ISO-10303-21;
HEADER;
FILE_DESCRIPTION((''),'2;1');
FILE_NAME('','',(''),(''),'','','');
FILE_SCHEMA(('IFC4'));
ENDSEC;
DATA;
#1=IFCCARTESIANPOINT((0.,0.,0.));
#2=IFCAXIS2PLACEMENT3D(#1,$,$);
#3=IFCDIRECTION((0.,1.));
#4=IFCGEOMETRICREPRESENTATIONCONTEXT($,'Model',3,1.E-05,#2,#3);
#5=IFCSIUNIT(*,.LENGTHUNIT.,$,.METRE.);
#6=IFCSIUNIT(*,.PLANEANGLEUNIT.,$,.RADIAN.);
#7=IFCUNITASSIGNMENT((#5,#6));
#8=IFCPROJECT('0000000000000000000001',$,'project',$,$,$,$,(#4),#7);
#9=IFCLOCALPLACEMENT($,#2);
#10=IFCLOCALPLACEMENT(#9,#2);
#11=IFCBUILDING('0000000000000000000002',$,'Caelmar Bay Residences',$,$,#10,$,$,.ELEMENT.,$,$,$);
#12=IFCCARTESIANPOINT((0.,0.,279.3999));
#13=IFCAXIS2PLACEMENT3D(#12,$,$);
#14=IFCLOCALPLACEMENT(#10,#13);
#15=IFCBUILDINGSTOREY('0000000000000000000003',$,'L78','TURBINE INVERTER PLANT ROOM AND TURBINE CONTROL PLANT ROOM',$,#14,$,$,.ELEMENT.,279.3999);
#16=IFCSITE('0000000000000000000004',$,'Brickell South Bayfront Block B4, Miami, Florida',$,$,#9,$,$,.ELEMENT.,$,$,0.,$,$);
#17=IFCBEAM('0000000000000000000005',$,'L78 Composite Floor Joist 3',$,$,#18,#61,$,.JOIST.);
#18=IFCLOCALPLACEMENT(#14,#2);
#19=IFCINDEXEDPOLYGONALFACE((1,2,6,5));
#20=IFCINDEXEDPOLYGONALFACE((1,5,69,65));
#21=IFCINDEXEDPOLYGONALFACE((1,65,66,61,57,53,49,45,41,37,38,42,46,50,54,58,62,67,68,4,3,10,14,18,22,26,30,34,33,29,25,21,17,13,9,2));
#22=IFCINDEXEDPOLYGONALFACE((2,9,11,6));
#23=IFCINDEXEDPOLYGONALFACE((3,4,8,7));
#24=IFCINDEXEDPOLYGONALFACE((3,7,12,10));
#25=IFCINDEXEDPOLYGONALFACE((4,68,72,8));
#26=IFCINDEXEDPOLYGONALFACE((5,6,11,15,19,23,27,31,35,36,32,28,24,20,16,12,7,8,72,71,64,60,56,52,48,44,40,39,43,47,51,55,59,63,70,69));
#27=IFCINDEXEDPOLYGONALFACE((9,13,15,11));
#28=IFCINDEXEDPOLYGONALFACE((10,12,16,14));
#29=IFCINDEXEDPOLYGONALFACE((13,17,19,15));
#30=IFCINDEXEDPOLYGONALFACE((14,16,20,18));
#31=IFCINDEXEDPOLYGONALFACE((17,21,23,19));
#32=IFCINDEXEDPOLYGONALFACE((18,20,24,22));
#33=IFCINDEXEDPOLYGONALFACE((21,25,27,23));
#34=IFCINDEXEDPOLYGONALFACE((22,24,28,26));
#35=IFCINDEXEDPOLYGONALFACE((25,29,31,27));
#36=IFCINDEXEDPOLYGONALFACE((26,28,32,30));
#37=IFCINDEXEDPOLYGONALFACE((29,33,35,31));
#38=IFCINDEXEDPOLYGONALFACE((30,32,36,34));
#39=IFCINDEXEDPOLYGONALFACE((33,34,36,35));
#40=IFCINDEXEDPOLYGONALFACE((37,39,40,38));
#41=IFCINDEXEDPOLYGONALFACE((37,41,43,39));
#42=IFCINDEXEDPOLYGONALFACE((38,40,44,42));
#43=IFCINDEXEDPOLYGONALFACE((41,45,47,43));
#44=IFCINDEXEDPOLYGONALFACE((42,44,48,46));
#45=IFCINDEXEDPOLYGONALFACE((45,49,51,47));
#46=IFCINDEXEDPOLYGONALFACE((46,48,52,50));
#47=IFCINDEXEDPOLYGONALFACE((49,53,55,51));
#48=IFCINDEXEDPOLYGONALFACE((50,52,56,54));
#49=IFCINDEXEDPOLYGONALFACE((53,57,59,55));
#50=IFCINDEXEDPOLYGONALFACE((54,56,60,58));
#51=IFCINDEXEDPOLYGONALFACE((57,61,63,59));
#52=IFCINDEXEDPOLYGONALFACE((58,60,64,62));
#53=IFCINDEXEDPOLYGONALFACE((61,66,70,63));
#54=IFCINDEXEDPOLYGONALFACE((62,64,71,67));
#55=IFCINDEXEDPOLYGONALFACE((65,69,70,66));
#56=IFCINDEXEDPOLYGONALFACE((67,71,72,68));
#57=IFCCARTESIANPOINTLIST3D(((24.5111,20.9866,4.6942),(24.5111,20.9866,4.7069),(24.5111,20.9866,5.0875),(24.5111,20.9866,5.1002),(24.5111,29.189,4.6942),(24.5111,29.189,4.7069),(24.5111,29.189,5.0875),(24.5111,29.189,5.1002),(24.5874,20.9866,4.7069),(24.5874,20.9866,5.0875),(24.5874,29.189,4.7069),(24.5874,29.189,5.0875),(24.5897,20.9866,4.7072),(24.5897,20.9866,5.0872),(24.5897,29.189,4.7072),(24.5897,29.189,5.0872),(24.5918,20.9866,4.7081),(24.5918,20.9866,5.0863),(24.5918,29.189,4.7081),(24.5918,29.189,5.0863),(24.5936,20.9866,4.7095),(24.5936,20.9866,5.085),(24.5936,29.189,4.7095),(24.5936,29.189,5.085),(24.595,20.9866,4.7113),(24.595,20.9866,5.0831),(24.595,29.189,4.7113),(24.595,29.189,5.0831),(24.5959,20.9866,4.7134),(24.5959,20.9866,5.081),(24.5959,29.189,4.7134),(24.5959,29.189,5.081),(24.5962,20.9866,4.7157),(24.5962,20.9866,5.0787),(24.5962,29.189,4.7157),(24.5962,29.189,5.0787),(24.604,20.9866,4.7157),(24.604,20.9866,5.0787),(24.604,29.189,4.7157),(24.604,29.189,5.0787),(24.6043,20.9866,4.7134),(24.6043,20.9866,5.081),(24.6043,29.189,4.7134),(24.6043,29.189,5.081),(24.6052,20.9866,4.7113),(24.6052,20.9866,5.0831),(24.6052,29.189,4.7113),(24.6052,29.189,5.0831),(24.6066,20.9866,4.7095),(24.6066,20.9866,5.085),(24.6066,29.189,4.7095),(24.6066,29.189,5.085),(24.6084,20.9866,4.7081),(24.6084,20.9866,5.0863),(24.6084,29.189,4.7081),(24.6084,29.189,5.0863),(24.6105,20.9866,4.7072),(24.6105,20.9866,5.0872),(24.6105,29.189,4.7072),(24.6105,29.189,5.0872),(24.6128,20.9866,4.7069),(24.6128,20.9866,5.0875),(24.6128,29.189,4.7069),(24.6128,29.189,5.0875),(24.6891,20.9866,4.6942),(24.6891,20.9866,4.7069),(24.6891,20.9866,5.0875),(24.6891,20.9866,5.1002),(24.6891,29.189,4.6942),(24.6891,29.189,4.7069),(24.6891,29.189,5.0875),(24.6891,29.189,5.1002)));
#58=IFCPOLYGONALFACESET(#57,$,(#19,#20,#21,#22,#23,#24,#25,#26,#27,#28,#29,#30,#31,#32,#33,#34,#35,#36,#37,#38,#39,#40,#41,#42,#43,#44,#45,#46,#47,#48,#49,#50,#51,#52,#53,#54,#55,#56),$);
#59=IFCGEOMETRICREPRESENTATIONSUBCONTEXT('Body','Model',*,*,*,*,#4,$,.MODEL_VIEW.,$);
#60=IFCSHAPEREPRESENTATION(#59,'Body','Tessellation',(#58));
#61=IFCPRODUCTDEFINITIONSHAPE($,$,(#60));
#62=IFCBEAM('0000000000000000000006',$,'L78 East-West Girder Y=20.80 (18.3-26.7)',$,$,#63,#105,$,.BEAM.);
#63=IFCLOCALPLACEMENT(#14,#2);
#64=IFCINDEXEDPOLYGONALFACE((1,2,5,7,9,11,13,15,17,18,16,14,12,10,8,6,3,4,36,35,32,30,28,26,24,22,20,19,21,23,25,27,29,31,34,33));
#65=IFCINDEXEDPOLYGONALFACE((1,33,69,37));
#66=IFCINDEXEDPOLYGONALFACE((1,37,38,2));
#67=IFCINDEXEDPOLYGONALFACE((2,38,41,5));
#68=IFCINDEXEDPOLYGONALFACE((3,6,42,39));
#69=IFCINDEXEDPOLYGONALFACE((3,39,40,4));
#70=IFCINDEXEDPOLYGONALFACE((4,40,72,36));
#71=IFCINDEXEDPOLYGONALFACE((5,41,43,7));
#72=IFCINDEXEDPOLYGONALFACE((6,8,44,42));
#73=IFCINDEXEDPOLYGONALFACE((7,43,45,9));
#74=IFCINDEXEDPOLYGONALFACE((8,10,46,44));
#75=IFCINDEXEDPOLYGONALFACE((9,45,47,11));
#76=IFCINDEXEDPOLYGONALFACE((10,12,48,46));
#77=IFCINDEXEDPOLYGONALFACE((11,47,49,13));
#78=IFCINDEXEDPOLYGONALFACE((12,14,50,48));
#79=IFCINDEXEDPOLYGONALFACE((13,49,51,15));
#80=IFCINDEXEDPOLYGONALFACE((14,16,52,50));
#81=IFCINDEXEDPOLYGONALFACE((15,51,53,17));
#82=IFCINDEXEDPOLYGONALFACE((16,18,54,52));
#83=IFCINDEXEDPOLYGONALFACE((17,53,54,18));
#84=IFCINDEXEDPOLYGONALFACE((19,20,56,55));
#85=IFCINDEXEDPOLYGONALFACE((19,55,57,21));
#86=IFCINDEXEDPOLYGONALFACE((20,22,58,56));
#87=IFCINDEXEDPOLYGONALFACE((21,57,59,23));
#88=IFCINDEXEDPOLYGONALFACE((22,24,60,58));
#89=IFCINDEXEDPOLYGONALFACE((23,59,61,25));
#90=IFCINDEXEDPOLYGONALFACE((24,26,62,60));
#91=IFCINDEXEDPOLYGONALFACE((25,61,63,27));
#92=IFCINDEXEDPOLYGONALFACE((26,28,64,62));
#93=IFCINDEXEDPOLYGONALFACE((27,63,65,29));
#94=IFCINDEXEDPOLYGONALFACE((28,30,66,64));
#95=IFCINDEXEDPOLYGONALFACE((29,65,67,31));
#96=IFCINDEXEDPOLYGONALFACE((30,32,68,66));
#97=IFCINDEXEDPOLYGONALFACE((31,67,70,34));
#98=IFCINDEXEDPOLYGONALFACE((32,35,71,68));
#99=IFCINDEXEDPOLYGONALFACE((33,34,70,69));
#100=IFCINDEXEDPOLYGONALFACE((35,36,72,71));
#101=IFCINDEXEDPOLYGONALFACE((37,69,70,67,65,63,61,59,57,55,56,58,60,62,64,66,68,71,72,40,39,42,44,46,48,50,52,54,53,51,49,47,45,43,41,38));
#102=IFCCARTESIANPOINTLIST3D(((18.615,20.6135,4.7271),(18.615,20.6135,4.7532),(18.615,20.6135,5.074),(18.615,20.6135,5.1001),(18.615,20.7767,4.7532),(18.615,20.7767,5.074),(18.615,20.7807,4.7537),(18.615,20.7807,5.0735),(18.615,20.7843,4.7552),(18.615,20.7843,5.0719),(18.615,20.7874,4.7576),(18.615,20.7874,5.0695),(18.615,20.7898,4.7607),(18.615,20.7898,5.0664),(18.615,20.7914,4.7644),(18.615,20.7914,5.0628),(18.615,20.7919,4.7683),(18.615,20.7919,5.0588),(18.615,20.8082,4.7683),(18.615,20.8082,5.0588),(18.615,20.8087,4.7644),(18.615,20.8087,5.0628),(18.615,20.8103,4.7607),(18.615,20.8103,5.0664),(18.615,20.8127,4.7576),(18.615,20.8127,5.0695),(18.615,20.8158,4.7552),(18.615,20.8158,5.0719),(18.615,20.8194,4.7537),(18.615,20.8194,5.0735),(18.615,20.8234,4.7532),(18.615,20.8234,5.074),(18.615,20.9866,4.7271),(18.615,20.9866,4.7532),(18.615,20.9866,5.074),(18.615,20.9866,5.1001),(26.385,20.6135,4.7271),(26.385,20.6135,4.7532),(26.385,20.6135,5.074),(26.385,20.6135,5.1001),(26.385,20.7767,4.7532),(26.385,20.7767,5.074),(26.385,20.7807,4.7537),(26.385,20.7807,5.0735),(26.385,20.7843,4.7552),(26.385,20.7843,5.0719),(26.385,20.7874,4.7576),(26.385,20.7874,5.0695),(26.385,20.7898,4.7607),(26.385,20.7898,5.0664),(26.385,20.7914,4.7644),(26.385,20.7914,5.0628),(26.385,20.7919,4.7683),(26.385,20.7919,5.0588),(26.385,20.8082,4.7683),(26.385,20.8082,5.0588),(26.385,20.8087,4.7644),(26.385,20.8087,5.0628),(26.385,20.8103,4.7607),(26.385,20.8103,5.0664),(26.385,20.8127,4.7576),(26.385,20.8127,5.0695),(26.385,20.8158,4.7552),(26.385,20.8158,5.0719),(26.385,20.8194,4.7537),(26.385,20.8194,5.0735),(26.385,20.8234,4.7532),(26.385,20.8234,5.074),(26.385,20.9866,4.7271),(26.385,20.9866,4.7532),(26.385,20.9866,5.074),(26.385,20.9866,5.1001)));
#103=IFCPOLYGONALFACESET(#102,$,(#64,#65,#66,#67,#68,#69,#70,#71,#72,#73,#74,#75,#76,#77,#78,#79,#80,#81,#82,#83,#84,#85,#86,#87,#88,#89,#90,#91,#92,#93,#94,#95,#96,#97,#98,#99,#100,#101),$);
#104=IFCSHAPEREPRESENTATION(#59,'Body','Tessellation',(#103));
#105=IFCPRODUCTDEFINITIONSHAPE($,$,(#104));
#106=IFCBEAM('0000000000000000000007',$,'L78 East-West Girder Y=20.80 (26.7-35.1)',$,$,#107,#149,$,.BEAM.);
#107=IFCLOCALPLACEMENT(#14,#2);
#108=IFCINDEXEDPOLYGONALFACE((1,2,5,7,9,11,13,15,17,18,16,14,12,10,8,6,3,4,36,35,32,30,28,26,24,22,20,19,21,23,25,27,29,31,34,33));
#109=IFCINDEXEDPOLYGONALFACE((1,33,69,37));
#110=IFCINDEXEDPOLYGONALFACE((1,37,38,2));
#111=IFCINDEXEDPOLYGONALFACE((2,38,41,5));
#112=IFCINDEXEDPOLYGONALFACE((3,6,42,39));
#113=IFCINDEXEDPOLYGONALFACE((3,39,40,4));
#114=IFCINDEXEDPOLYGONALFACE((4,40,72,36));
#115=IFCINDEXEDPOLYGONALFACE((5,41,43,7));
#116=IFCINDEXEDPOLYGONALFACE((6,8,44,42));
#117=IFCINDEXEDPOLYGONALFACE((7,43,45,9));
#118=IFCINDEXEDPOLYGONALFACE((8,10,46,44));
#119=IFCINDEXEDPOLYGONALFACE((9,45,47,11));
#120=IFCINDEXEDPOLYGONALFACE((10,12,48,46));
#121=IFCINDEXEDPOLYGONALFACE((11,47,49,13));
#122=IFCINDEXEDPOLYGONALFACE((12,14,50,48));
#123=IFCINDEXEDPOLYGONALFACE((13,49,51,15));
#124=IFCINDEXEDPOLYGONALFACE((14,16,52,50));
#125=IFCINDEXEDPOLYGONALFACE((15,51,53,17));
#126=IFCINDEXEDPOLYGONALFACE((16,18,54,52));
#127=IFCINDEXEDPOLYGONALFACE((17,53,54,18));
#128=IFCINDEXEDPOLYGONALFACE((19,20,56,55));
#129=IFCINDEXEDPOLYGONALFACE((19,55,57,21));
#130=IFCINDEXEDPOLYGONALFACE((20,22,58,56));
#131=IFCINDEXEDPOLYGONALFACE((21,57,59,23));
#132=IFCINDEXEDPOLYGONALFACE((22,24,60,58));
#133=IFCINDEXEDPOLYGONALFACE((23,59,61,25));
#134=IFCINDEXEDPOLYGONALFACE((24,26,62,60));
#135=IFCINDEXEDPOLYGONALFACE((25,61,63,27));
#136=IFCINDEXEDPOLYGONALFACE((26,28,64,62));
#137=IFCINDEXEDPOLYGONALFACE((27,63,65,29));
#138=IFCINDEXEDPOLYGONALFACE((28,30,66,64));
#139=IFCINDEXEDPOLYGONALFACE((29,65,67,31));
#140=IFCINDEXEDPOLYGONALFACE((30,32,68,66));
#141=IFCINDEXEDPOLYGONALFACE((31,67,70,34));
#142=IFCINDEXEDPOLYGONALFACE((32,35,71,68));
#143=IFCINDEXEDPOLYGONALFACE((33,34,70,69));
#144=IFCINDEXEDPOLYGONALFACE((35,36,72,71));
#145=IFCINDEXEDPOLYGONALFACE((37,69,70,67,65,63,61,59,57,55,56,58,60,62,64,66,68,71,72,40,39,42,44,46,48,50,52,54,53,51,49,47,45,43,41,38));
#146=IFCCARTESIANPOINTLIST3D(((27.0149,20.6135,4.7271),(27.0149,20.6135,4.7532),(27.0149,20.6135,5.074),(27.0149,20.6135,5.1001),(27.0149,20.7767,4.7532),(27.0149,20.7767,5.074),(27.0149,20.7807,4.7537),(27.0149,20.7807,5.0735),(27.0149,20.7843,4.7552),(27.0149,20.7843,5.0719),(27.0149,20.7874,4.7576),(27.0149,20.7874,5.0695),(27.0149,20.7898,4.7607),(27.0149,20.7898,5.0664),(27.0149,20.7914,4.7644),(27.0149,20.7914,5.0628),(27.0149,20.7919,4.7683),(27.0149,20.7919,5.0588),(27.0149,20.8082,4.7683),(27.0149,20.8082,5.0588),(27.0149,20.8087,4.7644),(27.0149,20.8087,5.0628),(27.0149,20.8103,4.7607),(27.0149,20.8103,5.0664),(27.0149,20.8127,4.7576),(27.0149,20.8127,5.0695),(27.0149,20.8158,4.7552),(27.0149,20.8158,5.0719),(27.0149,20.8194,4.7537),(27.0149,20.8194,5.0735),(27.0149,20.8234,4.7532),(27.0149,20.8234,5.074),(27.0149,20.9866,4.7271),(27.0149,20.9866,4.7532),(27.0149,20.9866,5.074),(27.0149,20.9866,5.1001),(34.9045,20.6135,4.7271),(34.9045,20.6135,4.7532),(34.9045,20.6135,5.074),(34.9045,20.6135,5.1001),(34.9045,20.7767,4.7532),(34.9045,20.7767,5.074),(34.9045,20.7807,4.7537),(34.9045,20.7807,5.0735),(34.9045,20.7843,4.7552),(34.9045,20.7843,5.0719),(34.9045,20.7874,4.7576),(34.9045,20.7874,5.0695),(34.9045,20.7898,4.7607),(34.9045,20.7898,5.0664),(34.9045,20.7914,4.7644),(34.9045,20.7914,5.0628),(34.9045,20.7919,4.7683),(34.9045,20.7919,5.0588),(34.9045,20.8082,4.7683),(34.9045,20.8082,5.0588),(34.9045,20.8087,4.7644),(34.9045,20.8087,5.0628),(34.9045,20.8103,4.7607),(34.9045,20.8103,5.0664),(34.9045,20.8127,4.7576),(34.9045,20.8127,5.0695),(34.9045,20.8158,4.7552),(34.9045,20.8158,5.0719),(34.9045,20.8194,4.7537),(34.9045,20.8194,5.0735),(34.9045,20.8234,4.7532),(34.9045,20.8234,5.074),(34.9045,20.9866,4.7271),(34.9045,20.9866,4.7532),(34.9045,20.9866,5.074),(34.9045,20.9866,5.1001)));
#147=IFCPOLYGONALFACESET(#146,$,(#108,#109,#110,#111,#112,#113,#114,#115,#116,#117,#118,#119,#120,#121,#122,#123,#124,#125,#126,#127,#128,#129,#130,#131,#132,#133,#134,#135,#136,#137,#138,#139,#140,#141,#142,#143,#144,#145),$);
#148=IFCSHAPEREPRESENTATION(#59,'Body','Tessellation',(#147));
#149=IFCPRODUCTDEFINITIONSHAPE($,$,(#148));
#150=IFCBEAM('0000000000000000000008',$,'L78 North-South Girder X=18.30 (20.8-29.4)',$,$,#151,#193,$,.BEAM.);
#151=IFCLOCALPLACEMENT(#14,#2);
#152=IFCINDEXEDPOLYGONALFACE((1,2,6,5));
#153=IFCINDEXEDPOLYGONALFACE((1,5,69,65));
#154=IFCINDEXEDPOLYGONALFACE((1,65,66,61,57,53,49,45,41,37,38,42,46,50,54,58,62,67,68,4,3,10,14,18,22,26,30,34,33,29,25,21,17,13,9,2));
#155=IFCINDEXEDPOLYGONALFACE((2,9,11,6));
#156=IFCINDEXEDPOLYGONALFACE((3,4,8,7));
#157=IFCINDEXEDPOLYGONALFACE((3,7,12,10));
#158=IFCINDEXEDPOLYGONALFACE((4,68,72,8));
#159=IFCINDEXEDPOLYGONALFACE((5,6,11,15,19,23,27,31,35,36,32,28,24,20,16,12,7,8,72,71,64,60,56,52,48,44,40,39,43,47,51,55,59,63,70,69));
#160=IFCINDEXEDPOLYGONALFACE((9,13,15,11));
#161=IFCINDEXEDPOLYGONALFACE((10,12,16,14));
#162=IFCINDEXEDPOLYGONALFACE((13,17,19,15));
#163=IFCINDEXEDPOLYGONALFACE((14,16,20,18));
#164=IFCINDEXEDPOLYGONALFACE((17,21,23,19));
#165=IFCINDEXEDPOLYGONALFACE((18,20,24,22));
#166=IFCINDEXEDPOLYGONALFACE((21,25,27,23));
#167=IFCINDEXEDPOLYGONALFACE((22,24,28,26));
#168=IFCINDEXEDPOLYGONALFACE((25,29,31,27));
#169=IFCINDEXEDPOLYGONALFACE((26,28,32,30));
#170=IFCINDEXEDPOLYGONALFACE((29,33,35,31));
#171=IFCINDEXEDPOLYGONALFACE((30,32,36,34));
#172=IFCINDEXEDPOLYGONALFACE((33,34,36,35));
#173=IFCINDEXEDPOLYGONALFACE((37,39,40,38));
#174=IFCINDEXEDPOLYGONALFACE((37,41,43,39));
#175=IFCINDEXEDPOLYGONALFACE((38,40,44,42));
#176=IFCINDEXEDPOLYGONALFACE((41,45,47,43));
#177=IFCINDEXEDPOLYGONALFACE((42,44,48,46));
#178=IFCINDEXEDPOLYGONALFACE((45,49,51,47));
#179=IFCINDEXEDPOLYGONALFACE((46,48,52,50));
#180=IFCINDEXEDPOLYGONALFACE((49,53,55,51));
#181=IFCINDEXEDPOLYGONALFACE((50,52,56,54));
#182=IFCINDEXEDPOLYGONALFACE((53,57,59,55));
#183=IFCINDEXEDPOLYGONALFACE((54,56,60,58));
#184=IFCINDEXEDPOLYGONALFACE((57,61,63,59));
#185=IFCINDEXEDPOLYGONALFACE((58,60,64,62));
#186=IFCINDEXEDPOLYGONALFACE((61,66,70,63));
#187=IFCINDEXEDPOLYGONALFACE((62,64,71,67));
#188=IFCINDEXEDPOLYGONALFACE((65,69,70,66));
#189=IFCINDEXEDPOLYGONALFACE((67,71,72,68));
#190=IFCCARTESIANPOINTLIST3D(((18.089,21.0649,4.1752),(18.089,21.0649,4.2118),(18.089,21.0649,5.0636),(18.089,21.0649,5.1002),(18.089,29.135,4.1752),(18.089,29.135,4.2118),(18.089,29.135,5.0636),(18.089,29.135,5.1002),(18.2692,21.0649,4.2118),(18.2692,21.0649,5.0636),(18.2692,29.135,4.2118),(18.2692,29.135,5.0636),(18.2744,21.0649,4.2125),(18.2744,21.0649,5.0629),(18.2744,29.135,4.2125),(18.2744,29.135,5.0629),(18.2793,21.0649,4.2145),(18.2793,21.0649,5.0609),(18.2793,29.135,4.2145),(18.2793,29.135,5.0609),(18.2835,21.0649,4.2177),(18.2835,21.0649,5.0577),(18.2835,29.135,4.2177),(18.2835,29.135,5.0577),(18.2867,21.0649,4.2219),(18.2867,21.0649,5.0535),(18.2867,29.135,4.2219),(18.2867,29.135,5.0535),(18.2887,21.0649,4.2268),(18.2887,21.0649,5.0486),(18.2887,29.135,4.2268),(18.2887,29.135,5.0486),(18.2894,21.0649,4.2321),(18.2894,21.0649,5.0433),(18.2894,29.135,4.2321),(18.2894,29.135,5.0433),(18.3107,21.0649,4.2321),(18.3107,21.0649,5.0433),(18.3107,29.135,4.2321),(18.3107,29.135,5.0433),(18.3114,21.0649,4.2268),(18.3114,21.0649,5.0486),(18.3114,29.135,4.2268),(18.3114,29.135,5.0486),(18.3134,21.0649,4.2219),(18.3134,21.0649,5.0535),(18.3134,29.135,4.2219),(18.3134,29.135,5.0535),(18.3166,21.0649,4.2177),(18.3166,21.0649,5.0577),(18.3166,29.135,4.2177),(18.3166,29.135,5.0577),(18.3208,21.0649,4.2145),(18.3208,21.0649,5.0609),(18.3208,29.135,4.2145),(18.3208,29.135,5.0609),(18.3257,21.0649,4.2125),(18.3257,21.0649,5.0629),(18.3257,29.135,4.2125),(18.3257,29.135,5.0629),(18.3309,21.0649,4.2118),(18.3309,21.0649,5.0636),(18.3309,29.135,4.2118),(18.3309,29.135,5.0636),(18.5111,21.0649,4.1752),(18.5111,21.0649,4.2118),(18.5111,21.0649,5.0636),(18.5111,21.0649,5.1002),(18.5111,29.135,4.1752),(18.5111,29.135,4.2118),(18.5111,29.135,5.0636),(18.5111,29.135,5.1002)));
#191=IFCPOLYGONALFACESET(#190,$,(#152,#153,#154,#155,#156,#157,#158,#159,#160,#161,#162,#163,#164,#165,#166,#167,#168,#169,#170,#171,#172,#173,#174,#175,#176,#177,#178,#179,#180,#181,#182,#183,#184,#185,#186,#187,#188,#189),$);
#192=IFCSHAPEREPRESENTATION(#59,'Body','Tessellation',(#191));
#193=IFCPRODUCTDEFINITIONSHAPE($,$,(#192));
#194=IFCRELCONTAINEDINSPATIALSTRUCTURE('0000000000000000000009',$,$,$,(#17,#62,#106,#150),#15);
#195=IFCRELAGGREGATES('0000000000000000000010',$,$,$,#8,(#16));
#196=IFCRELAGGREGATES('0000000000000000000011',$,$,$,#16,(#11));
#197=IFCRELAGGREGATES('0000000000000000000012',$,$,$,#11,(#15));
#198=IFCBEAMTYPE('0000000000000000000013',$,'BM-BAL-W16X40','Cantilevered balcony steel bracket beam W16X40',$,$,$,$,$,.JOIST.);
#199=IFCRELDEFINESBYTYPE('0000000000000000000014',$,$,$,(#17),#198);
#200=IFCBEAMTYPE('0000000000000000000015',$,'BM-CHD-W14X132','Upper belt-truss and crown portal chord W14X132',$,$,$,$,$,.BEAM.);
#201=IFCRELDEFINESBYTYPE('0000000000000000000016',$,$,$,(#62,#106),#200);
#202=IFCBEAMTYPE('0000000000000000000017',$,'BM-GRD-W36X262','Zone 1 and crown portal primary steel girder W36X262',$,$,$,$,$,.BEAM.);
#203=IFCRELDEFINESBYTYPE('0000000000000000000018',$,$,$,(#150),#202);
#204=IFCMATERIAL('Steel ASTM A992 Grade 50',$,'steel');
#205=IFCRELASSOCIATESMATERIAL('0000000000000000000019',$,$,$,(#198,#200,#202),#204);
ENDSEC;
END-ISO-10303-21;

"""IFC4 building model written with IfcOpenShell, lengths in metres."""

from ifc_helpers import new_model, si_unit, direction, frame, origin, origin_2d, place, context, subcontext, project, spatial, i_section, extrude, material, material_profile, profile_set, type_object, element, save


model = new_model("IFC4")

# Units and contexts
model_context = context("Model", 3, precision=1e-05, world=origin(), true_north=direction((0.0, 1.0)))
body_context = subcontext(model_context, "Body", "Model", "MODEL_VIEW")
ifc_project = project(units=[si_unit("LENGTHUNIT", "METRE"), si_unit("PLANEANGLEUNIT", "RADIAN")], contexts=[model_context])

# Site, building, storey
site_placement = place(None, origin())
site = spatial("IfcSite", under=ifc_project, at=site_placement, Name="Brickell South Bayfront Block B4, Miami, Florida", CompositionType="ELEMENT", RefElevation=0.0)
building_placement = place(site_placement, origin())
building = spatial("IfcBuilding", under=site, at=building_placement, Name="Caelmar Bay Residences", CompositionType="ELEMENT")
storey_placement = place(building_placement, frame((0.0, 0.0, 279.3999)))
storey = spatial("IfcBuildingStorey", under=building, at=storey_placement, Name="L78", Description="TURBINE INVERTER PLANT ROOM AND TURBINE CONTROL PLANT ROOM", CompositionType="ELEMENT", Elevation=279.3999)

# Shared definitions
ifc_material_1 = material(Name="Steel ASTM A992 Grade 50", Category="steel")

# Beams
ifc_material_profile_1 = material_profile(ifc_material_1, i_section(OverallWidth=0.178, OverallDepth=0.406, WebThickness=0.0078, FlangeThickness=0.0127, FilletRadius=0.0088, at=origin_2d()), Name="W16X40")
ifc_profile_set_1 = profile_set([ifc_material_profile_1], Name="Steel ASTM A992 Grade 50")
beam_type_1 = type_object("IfcBeamType", Name="BM-BAL-W16X40", Description="Cantilevered balcony steel bracket beam W16X40", PredefinedType="JOIST", material=ifc_profile_set_1)
for number, where, z_axis, x_axis, name in (
    (1, (24.6001, 20.9866, 4.8972), (0.0, 1.0, 0.0), (-1.0, 0.0, 0.0), "L78 Composite Floor Joist 3"),
):
    element("IfcBeam", number, at=place(storey_placement, frame(where, z_axis=z_axis, x_axis=x_axis)), inside=storey, type_object=beam_type_1, Name=name, PredefinedType="JOIST", context=body_context, shape_type="SweptSolid", body=[
        extrude(i_section(OverallWidth=0.178, OverallDepth=0.406, WebThickness=0.0078, FlangeThickness=0.0127, FilletRadius=0.0088, at=origin_2d()), origin(), (0.0, 0.0, 1.0), 8.2024),
    ])
ifc_material_profile_2 = material_profile(ifc_material_1, i_section(OverallWidth=0.373, OverallDepth=0.373, WebThickness=0.0164, FlangeThickness=0.0261, FilletRadius=0.0151, at=origin_2d()), Name="W14X132")
ifc_profile_set_2 = profile_set([ifc_material_profile_2], Name="Steel ASTM A992 Grade 50")
beam_type_2 = type_object("IfcBeamType", Name="BM-CHD-W14X132", Description="Upper belt-truss and crown portal chord W14X132", PredefinedType="BEAM", material=ifc_profile_set_2)
beam_1_placement = place(storey_placement, frame((18.615, 20.8, 4.9136), z_axis=(1.0, 0.0, 0.0), x_axis=(0.0, 1.0, 0.0)))
element("IfcBeam", 2, at=beam_1_placement, inside=storey, type_object=beam_type_2, Name="L78 East-West Girder Y=20.80 (18.3-26.7)", PredefinedType="BEAM", context=body_context, shape_type="SweptSolid", body=[
    extrude(i_section(OverallWidth=0.373, OverallDepth=0.373, WebThickness=0.0164, FlangeThickness=0.0261, FilletRadius=0.0151, at=origin_2d()), origin(), (0.0, 0.0, 1.0), 7.77),
])
beam_2_placement = place(storey_placement, frame((27.0149, 20.8, 4.9136), z_axis=(1.0, 0.0, 0.0), x_axis=(0.0, 1.0, 0.0)))
element("IfcBeam", 3, at=beam_2_placement, inside=storey, type_object=beam_type_2, Name="L78 East-West Girder Y=20.80 (26.7-35.1)", PredefinedType="BEAM", context=body_context, shape_type="SweptSolid", body=[
    extrude(i_section(OverallWidth=0.373, OverallDepth=0.373, WebThickness=0.0164, FlangeThickness=0.0261, FilletRadius=0.0151, at=origin_2d()), origin(), (0.0, 0.0, 1.0), 7.8896),
])
ifc_material_profile_3 = material_profile(ifc_material_1, i_section(OverallWidth=0.4221, OverallDepth=0.925, WebThickness=0.0212, FlangeThickness=0.0366, FilletRadius=0.0203, at=origin_2d()), Name="W36X262")
ifc_profile_set_3 = profile_set([ifc_material_profile_3], Name="Steel ASTM A992 Grade 50")
beam_type_3 = type_object("IfcBeamType", Name="BM-GRD-W36X262", Description="Zone 1 and crown portal primary steel girder W36X262", PredefinedType="BEAM", material=ifc_profile_set_3)
beam_3_placement = place(storey_placement, frame((18.3, 21.0649, 4.6377), z_axis=(0.0, 1.0, 0.0), x_axis=(-1.0, 0.0, 0.0)))
element("IfcBeam", 4, at=beam_3_placement, inside=storey, type_object=beam_type_3, Name="L78 North-South Girder X=18.30 (20.8-29.4)", PredefinedType="BEAM", context=body_context, shape_type="SweptSolid", body=[
    extrude(i_section(OverallWidth=0.4221, OverallDepth=0.925, WebThickness=0.0212, FlangeThickness=0.0366, FilletRadius=0.0203, at=origin_2d()), origin(), (0.0, 0.0, 1.0), 8.0701),
])

save(model, "model.ifc")
